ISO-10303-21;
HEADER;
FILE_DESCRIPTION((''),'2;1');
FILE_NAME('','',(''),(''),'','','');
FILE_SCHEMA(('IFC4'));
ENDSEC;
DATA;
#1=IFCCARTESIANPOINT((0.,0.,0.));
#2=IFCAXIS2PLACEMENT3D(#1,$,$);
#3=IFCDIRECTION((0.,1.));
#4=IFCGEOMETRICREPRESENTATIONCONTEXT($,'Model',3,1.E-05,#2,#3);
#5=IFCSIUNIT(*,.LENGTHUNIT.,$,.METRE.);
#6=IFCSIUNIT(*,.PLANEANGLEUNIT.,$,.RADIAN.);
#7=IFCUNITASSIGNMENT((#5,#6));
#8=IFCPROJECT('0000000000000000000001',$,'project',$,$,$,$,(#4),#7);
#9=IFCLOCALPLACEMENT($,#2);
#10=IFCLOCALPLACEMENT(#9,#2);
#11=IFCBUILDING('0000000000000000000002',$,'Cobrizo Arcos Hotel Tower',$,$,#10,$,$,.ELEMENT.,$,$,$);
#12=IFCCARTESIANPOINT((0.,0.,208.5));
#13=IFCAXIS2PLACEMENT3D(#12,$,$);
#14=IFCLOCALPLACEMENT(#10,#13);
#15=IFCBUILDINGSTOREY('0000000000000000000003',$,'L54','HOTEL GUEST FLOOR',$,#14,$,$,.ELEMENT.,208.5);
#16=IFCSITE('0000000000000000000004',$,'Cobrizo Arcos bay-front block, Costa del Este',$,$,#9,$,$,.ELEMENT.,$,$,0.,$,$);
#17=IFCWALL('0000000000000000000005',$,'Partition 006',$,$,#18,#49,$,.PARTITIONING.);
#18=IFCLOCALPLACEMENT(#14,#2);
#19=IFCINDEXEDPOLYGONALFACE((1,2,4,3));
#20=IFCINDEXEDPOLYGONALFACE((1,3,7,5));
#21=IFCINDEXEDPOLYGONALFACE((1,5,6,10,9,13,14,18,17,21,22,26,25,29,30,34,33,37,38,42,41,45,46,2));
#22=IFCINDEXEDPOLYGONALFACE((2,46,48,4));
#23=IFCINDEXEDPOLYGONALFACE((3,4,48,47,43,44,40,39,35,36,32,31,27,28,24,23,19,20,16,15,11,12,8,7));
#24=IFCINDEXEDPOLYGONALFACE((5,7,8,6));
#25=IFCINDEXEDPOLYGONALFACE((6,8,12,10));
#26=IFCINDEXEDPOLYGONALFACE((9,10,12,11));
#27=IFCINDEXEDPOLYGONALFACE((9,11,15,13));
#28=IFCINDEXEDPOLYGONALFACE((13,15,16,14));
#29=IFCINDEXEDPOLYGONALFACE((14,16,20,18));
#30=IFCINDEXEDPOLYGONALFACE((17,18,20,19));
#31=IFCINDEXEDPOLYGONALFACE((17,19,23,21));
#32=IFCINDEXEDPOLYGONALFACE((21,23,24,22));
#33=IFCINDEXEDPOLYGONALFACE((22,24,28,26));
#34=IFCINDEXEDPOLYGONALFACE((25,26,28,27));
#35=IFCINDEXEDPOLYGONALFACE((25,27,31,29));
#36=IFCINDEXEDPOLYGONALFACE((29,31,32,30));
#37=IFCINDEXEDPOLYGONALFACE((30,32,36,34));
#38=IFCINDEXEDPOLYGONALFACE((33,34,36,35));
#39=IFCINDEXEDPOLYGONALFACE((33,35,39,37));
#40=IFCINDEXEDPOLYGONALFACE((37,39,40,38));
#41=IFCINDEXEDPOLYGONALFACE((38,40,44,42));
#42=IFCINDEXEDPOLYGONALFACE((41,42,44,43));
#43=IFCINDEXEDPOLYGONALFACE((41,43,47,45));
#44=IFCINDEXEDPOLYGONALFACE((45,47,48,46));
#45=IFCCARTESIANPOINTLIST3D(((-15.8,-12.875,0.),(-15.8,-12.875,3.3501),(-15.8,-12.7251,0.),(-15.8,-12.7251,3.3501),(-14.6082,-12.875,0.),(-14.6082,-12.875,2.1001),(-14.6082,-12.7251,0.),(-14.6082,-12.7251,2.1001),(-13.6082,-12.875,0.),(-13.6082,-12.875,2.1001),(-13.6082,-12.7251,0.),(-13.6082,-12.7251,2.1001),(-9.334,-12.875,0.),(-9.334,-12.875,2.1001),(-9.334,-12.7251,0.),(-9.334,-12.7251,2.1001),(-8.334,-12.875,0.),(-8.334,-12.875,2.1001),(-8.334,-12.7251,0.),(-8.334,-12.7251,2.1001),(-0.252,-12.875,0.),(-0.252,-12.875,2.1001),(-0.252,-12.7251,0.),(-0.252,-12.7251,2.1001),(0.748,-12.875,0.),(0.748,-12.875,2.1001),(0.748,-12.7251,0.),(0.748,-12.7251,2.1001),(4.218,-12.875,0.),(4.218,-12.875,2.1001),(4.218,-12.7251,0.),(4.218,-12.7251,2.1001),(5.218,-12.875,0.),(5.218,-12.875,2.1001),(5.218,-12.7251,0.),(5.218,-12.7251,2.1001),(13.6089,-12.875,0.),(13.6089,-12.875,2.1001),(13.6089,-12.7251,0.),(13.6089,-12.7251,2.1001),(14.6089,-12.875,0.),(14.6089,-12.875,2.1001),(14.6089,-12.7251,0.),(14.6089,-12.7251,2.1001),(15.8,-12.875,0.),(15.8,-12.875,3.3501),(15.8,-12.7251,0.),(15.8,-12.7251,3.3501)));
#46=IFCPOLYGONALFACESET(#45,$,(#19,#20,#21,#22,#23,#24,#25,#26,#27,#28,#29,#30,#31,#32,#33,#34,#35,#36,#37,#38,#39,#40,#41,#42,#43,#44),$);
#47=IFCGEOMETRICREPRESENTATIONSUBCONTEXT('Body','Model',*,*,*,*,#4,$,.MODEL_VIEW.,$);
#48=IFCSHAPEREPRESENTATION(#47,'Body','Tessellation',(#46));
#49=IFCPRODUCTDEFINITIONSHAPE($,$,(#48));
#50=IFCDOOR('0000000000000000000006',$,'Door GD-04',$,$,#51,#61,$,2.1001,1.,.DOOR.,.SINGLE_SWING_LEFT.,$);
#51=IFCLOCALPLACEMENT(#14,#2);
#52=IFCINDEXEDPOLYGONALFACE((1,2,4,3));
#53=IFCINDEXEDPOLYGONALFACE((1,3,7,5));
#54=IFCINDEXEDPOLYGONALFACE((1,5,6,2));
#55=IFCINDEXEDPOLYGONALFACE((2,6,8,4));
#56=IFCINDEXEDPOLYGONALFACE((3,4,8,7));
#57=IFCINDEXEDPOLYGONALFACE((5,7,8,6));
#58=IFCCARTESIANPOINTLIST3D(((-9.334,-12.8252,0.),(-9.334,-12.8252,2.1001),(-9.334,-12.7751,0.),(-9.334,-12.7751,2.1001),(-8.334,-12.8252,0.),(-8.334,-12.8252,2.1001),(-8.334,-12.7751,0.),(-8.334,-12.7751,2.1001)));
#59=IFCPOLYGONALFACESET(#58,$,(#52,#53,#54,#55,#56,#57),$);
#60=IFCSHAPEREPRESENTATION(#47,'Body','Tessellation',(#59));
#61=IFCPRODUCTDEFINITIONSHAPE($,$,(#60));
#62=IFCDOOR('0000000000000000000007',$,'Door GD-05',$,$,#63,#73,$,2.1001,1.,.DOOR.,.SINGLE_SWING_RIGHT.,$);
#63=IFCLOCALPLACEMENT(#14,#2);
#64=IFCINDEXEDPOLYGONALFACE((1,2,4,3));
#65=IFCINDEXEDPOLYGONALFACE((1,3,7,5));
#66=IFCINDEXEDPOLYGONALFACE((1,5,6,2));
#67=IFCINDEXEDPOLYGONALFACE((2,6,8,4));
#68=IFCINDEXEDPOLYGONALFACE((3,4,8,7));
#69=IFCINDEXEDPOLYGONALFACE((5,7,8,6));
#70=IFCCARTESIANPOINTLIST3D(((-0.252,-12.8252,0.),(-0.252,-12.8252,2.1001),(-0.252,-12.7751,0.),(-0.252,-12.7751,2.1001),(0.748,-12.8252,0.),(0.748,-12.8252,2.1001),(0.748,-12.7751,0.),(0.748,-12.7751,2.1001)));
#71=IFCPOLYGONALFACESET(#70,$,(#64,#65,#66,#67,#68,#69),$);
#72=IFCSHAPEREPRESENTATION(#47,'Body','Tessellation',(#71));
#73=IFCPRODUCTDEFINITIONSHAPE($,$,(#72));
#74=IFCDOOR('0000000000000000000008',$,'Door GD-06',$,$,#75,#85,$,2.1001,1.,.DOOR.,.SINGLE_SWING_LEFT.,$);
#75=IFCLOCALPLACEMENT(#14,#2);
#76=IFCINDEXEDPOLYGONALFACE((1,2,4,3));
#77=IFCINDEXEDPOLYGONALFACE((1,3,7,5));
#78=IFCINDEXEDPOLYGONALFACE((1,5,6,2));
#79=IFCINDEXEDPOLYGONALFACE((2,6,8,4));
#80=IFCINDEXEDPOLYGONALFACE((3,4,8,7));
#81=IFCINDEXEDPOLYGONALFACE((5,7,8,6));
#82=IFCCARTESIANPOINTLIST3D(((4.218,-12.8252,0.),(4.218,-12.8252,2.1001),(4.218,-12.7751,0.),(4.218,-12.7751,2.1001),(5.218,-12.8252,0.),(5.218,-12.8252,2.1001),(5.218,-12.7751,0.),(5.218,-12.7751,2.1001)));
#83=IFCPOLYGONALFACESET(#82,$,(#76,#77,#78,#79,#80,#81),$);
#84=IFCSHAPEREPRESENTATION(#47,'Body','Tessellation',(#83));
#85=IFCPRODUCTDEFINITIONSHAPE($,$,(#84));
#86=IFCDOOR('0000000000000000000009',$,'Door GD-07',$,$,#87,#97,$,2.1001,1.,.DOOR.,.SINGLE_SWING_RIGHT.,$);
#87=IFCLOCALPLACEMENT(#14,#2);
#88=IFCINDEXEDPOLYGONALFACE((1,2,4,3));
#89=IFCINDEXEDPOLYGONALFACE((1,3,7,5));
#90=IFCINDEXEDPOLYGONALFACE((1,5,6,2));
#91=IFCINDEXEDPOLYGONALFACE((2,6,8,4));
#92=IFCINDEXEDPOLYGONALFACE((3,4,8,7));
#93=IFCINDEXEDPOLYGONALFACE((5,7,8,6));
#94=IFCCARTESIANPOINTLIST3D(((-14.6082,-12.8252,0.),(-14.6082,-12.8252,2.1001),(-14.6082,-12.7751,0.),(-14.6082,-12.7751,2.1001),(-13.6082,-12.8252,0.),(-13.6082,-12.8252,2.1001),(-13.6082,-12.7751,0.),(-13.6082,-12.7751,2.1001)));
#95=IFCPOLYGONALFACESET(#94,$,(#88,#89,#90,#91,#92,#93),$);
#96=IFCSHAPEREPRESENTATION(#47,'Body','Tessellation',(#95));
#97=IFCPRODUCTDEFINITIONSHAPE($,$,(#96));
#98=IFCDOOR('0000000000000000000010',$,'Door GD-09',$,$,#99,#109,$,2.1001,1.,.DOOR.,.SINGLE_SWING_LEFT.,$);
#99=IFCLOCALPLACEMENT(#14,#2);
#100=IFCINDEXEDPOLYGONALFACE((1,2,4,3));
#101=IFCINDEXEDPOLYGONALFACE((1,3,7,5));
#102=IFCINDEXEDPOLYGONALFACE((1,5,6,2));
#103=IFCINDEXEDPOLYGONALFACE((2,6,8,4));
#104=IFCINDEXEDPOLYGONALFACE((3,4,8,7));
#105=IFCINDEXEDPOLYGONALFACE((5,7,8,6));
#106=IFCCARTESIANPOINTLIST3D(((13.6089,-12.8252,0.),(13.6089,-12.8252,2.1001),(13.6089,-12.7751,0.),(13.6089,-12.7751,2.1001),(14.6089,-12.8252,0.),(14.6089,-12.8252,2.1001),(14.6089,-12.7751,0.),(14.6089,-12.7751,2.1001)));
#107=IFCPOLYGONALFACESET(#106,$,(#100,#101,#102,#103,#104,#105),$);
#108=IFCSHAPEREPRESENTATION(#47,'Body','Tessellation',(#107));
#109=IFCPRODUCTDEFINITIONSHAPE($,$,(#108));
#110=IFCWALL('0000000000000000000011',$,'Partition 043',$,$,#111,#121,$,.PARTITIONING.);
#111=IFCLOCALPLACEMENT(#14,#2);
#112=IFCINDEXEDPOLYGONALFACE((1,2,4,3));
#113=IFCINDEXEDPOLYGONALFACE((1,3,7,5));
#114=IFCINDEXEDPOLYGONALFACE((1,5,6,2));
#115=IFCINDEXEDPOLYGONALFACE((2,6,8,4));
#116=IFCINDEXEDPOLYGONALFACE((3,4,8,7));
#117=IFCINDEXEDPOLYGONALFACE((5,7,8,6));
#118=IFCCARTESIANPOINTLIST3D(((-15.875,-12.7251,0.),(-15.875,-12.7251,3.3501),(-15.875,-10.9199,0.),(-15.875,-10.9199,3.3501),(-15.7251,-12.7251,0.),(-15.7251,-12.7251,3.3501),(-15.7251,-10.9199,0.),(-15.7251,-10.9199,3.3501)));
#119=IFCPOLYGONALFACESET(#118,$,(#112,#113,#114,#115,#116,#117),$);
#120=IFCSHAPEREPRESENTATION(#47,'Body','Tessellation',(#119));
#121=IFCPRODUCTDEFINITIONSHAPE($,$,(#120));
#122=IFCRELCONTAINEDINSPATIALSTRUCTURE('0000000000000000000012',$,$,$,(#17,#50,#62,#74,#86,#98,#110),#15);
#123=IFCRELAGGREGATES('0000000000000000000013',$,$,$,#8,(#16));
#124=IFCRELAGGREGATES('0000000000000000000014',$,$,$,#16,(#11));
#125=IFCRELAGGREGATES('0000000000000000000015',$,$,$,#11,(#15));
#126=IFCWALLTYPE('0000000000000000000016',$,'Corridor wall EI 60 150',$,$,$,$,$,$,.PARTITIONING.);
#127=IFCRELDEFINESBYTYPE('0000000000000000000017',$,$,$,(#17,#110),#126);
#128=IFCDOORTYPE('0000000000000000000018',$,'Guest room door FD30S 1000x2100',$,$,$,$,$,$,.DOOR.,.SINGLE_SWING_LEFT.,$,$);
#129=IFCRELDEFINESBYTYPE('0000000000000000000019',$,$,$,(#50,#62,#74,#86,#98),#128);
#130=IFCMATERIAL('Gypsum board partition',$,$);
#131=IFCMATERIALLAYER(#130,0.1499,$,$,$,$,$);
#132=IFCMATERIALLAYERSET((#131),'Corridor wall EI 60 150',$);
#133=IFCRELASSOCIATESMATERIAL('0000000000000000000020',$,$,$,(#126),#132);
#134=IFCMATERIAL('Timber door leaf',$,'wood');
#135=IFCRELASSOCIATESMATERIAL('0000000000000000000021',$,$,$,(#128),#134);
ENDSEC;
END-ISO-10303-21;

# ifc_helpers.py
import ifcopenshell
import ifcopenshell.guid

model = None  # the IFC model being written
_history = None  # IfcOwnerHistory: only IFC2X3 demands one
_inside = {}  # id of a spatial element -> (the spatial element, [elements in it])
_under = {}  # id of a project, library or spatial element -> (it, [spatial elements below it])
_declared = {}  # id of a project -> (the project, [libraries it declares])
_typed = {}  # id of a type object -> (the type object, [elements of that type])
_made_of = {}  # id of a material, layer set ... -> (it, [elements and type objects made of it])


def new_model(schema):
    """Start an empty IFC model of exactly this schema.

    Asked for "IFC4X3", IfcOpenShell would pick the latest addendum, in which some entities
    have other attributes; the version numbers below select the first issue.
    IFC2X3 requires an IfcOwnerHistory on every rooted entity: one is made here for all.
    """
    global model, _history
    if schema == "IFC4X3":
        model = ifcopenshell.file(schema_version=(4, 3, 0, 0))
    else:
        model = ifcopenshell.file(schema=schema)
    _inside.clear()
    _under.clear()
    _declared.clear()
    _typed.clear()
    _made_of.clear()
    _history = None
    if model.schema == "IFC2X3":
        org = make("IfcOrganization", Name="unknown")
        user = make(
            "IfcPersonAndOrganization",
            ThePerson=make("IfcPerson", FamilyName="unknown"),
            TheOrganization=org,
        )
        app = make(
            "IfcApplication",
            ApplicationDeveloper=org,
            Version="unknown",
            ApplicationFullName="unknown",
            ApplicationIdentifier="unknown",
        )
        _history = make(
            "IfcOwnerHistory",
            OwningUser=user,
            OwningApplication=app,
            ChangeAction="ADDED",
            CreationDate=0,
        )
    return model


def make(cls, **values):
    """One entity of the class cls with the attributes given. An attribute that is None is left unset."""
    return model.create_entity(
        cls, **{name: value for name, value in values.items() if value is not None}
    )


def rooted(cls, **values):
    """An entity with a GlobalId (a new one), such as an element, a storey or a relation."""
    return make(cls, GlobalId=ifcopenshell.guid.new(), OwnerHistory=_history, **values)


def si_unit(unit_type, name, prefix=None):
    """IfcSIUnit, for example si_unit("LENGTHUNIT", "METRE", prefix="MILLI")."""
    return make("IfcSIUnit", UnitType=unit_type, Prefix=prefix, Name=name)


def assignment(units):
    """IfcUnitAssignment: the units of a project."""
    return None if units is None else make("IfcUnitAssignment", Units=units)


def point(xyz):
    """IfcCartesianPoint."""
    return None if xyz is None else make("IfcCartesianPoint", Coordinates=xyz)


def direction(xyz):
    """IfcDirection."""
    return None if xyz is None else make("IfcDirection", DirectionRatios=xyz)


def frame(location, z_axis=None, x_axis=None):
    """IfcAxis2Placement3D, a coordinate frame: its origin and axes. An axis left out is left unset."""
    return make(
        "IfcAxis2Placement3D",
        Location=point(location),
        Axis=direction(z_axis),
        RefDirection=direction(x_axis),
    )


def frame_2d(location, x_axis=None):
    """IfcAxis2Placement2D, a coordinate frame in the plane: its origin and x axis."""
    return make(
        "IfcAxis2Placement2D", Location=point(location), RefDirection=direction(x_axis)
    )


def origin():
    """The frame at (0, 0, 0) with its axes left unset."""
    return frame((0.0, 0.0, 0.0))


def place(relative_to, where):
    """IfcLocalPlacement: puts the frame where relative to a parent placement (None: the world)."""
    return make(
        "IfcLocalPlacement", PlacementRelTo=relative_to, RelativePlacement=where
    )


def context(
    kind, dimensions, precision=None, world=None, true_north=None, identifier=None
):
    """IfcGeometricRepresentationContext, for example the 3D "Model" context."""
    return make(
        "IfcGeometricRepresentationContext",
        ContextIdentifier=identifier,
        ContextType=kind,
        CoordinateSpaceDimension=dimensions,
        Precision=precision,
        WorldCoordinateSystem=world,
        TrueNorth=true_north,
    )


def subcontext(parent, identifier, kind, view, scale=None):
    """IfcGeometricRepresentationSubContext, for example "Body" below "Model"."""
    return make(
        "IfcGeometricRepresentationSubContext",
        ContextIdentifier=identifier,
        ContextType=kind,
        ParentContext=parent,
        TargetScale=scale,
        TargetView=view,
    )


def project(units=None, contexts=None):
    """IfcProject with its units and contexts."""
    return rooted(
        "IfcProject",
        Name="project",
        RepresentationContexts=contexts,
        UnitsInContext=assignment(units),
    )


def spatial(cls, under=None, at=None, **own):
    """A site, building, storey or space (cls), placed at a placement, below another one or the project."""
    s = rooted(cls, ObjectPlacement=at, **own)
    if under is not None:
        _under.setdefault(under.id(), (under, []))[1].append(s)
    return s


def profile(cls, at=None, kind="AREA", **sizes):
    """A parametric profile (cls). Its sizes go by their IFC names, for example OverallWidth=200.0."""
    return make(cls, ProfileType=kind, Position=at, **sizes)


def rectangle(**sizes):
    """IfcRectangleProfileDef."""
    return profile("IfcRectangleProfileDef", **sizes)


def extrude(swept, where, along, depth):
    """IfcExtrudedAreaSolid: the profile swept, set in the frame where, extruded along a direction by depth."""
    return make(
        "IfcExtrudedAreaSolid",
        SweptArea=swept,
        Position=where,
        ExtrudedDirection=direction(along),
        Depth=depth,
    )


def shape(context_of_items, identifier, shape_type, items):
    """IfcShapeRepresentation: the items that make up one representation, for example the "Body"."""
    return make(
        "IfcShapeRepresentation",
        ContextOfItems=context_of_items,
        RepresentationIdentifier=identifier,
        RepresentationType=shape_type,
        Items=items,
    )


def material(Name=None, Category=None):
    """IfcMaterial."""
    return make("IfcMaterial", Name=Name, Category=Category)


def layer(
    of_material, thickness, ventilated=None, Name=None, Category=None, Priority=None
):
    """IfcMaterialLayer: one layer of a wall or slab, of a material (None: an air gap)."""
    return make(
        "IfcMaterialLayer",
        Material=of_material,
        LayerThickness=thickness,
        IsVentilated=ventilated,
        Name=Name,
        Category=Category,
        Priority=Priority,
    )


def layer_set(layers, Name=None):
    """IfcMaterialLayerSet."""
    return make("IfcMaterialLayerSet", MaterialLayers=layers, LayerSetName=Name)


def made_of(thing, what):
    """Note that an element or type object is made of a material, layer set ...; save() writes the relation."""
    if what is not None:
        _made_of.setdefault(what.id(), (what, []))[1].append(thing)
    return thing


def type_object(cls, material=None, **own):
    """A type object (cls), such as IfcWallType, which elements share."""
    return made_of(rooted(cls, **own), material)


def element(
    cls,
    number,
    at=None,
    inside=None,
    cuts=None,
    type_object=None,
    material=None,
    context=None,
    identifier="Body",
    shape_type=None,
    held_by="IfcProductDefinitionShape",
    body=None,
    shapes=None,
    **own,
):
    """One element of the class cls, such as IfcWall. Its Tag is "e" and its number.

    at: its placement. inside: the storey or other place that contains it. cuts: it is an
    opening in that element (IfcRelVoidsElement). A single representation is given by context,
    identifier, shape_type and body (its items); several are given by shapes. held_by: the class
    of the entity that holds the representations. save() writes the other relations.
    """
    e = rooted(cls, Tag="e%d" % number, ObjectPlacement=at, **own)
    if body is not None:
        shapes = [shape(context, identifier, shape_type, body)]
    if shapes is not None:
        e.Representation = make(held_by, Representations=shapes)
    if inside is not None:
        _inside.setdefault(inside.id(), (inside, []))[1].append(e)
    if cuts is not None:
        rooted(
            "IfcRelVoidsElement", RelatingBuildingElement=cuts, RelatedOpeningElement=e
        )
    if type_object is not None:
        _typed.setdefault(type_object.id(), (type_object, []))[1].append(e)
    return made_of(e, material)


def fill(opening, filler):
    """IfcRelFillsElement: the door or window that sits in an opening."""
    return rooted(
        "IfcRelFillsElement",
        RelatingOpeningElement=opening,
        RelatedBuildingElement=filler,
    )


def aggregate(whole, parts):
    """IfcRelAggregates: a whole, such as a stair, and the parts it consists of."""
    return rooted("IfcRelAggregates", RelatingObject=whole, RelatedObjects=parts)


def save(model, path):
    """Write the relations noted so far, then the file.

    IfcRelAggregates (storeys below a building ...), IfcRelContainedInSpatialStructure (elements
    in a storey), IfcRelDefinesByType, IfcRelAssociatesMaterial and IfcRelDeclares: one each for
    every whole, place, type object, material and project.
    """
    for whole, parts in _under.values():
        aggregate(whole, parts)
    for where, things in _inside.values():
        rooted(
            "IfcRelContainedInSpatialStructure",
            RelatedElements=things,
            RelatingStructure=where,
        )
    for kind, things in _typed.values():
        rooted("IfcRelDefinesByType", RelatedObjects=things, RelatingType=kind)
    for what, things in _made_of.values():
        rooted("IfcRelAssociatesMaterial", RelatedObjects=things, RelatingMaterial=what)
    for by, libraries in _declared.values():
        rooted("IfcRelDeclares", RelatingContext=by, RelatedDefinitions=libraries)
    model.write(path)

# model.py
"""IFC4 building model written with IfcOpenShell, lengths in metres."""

from ifc_helpers import new_model, si_unit, direction, frame, frame_2d, origin, place, context, subcontext, project, spatial, rectangle, extrude, material, layer, layer_set, type_object, element, fill, save


model = new_model("IFC4")

# Units and contexts
model_context = context("Model", 3, precision=1e-05, world=origin(), true_north=direction((0.0, 1.0)))
body_context = subcontext(model_context, "Body", "Model", "MODEL_VIEW")
ifc_project = project(units=[si_unit("LENGTHUNIT", "METRE"), si_unit("PLANEANGLEUNIT", "RADIAN")], contexts=[model_context])

# Site, building, storey
site_placement = place(None, origin())
site = spatial("IfcSite", under=ifc_project, at=site_placement, Name="Cobrizo Arcos bay-front block, Costa del Este", CompositionType="ELEMENT", RefElevation=0.0)
building_placement = place(site_placement, origin())
building = spatial("IfcBuilding", under=site, at=building_placement, Name="Cobrizo Arcos Hotel Tower", CompositionType="ELEMENT")
storey_placement = place(building_placement, frame((0.0, 0.0, 208.5)))
storey = spatial("IfcBuildingStorey", under=building, at=storey_placement, Name="L54", Description="HOTEL GUEST FLOOR", CompositionType="ELEMENT", Elevation=208.5)

# Wall, openings, doors
ifc_material_1 = material(Name="Gypsum board partition")
ifc_layer_1 = layer(ifc_material_1, 0.1499)
ifc_layer_set_1 = layer_set([ifc_layer_1], Name="Corridor wall EI 60 150")
wall_type = type_object("IfcWallType", Name="Corridor wall EI 60 150", PredefinedType="PARTITIONING", material=ifc_layer_set_1)
wall_1_placement = place(storey_placement, frame((-15.8, -12.8, 0.0), z_axis=(0.0, 0.0, 1.0), x_axis=(1.0, 0.0, 0.0)))
wall_1 = element("IfcWall", 1, at=wall_1_placement, inside=storey, type_object=wall_type, Name="Partition 006", PredefinedType="PARTITIONING", context=body_context, shape_type="SweptSolid", body=[
    extrude(rectangle(XDim=31.6001, YDim=0.1499, at=frame_2d((15.8, 0.0))), origin(), (0.0, 0.0, 1.0), 3.3501),
])
opening_1_placement = place(wall_1_placement, frame((6.4661, 0.0, 0.0)))
opening_1 = element("IfcOpeningElement", 2, at=opening_1_placement, cuts=wall_1, PredefinedType="OPENING", context=body_context, shape_type="SweptSolid", body=[
    extrude(rectangle(XDim=1.0, YDim=2.1001, at=frame_2d((0.5, 1.05))), frame((0.0, 0.0869, 0.0), z_axis=(0.0, -1.0, 0.0), x_axis=(1.0, 0.0, 0.0)), (0.0, 0.0, 1.0), 0.1738),
])
opening_2_placement = place(wall_1_placement, frame((15.5481, 0.0, 0.0)))
opening_2 = element("IfcOpeningElement", 3, at=opening_2_placement, cuts=wall_1, PredefinedType="OPENING", context=body_context, shape_type="SweptSolid", body=[
    extrude(rectangle(XDim=1.0, YDim=2.1001, at=frame_2d((0.5, 1.05))), frame((0.0, 0.0869, 0.0), z_axis=(0.0, -1.0, 0.0), x_axis=(1.0, 0.0, 0.0)), (0.0, 0.0, 1.0), 0.1738),
])
opening_3_placement = place(wall_1_placement, frame((20.0181, 0.0, 0.0)))
opening_3 = element("IfcOpeningElement", 4, at=opening_3_placement, cuts=wall_1, PredefinedType="OPENING", context=body_context, shape_type="SweptSolid", body=[
    extrude(rectangle(XDim=1.0, YDim=2.1001, at=frame_2d((0.5, 1.05))), frame((0.0, 0.0869, 0.0), z_axis=(0.0, -1.0, 0.0), x_axis=(1.0, 0.0, 0.0)), (0.0, 0.0, 1.0), 0.1738),
])
opening_4_placement = place(wall_1_placement, frame((1.1919, 0.0, 0.0)))
opening_4 = element("IfcOpeningElement", 5, at=opening_4_placement, cuts=wall_1, PredefinedType="OPENING", context=body_context, shape_type="SweptSolid", body=[
    extrude(rectangle(XDim=1.0, YDim=2.1001, at=frame_2d((0.5, 1.05))), frame((0.0, 0.0869, 0.0), z_axis=(0.0, -1.0, 0.0), x_axis=(1.0, 0.0, 0.0)), (0.0, 0.0, 1.0), 0.1738),
])
opening_5_placement = place(wall_1_placement, frame((29.4089, 0.0, 0.0)))
opening_5 = element("IfcOpeningElement", 6, at=opening_5_placement, cuts=wall_1, PredefinedType="OPENING", context=body_context, shape_type="SweptSolid", body=[
    extrude(rectangle(XDim=1.0, YDim=2.1001, at=frame_2d((0.5, 1.05))), frame((0.0, 0.0869, 0.0), z_axis=(0.0, -1.0, 0.0), x_axis=(1.0, 0.0, 0.0)), (0.0, 0.0, 1.0), 0.1738),
])
ifc_material_2 = material(Name="Timber door leaf", Category="wood")
door_type = type_object("IfcDoorType", Name="Guest room door FD30S 1000x2100", OperationType="SINGLE_SWING_LEFT", PredefinedType="DOOR", material=ifc_material_2)
door_1_placement = place(opening_1_placement, origin())
door_1 = element("IfcDoor", 7, at=door_1_placement, inside=storey, type_object=door_type, Name="Door GD-04", OperationType="SINGLE_SWING_LEFT", OverallHeight=2.1001, OverallWidth=1.0, PredefinedType="DOOR", context=body_context, shape_type="SweptSolid", body=[
    extrude(rectangle(XDim=1.0, YDim=2.1001, at=frame_2d((0.5, 1.05))), frame((0.0, 0.0249, 0.0), z_axis=(0.0, -1.0, 0.0), x_axis=(1.0, 0.0, 0.0)), (0.0, 0.0, 1.0), 0.05),
])
fill(opening_1, door_1)
door_2_placement = place(opening_2_placement, origin())
door_2 = element("IfcDoor", 8, at=door_2_placement, inside=storey, type_object=door_type, Name="Door GD-05", OperationType="SINGLE_SWING_RIGHT", OverallHeight=2.1001, OverallWidth=1.0, PredefinedType="DOOR", context=body_context, shape_type="SweptSolid", body=[
    extrude(rectangle(XDim=1.0, YDim=2.1001, at=frame_2d((0.5, 1.05))), frame((0.0, 0.0249, 0.0), z_axis=(0.0, -1.0, 0.0), x_axis=(1.0, 0.0, 0.0)), (0.0, 0.0, 1.0), 0.05),
])
fill(opening_2, door_2)
door_3_placement = place(opening_3_placement, origin())
door_3 = element("IfcDoor", 9, at=door_3_placement, inside=storey, type_object=door_type, Name="Door GD-06", OperationType="SINGLE_SWING_LEFT", OverallHeight=2.1001, OverallWidth=1.0, PredefinedType="DOOR", context=body_context, shape_type="SweptSolid", body=[
    extrude(rectangle(XDim=1.0, YDim=2.1001, at=frame_2d((0.5, 1.05))), frame((0.0, 0.0249, 0.0), z_axis=(0.0, -1.0, 0.0), x_axis=(1.0, 0.0, 0.0)), (0.0, 0.0, 1.0), 0.05),
])
fill(opening_3, door_3)
door_4_placement = place(opening_4_placement, origin())
door_4 = element("IfcDoor", 10, at=door_4_placement, inside=storey, type_object=door_type, Name="Door GD-07", OperationType="SINGLE_SWING_RIGHT", OverallHeight=2.1001, OverallWidth=1.0, PredefinedType="DOOR", context=body_context, shape_type="SweptSolid", body=[
    extrude(rectangle(XDim=1.0, YDim=2.1001, at=frame_2d((0.5, 1.05))), frame((0.0, 0.0249, 0.0), z_axis=(0.0, -1.0, 0.0), x_axis=(1.0, 0.0, 0.0)), (0.0, 0.0, 1.0), 0.05),
])
fill(opening_4, door_4)
door_5_placement = place(opening_5_placement, origin())
door_5 = element("IfcDoor", 11, at=door_5_placement, inside=storey, type_object=door_type, Name="Door GD-09", OperationType="SINGLE_SWING_LEFT", OverallHeight=2.1001, OverallWidth=1.0, PredefinedType="DOOR", context=body_context, shape_type="SweptSolid", body=[
    extrude(rectangle(XDim=1.0, YDim=2.1001, at=frame_2d((0.5, 1.05))), frame((0.0, 0.0249, 0.0), z_axis=(0.0, -1.0, 0.0), x_axis=(1.0, 0.0, 0.0)), (0.0, 0.0, 1.0), 0.05),
])
fill(opening_5, door_5)

# Wall
wall_2_placement = place(storey_placement, frame((-15.8, -12.7251, 0.0), z_axis=(0.0, 0.0, 1.0), x_axis=(0.0, 1.0, 0.0)))
element("IfcWall", 12, at=wall_2_placement, inside=storey, type_object=wall_type, Name="Partition 043", PredefinedType="PARTITIONING", context=body_context, shape_type="SweptSolid", body=[
    extrude(rectangle(XDim=1.8052, YDim=0.1499, at=frame_2d((0.9026, 0.0))), origin(), (0.0, 0.0, 1.0), 3.3501),
])

save(model, "model.ifc")
